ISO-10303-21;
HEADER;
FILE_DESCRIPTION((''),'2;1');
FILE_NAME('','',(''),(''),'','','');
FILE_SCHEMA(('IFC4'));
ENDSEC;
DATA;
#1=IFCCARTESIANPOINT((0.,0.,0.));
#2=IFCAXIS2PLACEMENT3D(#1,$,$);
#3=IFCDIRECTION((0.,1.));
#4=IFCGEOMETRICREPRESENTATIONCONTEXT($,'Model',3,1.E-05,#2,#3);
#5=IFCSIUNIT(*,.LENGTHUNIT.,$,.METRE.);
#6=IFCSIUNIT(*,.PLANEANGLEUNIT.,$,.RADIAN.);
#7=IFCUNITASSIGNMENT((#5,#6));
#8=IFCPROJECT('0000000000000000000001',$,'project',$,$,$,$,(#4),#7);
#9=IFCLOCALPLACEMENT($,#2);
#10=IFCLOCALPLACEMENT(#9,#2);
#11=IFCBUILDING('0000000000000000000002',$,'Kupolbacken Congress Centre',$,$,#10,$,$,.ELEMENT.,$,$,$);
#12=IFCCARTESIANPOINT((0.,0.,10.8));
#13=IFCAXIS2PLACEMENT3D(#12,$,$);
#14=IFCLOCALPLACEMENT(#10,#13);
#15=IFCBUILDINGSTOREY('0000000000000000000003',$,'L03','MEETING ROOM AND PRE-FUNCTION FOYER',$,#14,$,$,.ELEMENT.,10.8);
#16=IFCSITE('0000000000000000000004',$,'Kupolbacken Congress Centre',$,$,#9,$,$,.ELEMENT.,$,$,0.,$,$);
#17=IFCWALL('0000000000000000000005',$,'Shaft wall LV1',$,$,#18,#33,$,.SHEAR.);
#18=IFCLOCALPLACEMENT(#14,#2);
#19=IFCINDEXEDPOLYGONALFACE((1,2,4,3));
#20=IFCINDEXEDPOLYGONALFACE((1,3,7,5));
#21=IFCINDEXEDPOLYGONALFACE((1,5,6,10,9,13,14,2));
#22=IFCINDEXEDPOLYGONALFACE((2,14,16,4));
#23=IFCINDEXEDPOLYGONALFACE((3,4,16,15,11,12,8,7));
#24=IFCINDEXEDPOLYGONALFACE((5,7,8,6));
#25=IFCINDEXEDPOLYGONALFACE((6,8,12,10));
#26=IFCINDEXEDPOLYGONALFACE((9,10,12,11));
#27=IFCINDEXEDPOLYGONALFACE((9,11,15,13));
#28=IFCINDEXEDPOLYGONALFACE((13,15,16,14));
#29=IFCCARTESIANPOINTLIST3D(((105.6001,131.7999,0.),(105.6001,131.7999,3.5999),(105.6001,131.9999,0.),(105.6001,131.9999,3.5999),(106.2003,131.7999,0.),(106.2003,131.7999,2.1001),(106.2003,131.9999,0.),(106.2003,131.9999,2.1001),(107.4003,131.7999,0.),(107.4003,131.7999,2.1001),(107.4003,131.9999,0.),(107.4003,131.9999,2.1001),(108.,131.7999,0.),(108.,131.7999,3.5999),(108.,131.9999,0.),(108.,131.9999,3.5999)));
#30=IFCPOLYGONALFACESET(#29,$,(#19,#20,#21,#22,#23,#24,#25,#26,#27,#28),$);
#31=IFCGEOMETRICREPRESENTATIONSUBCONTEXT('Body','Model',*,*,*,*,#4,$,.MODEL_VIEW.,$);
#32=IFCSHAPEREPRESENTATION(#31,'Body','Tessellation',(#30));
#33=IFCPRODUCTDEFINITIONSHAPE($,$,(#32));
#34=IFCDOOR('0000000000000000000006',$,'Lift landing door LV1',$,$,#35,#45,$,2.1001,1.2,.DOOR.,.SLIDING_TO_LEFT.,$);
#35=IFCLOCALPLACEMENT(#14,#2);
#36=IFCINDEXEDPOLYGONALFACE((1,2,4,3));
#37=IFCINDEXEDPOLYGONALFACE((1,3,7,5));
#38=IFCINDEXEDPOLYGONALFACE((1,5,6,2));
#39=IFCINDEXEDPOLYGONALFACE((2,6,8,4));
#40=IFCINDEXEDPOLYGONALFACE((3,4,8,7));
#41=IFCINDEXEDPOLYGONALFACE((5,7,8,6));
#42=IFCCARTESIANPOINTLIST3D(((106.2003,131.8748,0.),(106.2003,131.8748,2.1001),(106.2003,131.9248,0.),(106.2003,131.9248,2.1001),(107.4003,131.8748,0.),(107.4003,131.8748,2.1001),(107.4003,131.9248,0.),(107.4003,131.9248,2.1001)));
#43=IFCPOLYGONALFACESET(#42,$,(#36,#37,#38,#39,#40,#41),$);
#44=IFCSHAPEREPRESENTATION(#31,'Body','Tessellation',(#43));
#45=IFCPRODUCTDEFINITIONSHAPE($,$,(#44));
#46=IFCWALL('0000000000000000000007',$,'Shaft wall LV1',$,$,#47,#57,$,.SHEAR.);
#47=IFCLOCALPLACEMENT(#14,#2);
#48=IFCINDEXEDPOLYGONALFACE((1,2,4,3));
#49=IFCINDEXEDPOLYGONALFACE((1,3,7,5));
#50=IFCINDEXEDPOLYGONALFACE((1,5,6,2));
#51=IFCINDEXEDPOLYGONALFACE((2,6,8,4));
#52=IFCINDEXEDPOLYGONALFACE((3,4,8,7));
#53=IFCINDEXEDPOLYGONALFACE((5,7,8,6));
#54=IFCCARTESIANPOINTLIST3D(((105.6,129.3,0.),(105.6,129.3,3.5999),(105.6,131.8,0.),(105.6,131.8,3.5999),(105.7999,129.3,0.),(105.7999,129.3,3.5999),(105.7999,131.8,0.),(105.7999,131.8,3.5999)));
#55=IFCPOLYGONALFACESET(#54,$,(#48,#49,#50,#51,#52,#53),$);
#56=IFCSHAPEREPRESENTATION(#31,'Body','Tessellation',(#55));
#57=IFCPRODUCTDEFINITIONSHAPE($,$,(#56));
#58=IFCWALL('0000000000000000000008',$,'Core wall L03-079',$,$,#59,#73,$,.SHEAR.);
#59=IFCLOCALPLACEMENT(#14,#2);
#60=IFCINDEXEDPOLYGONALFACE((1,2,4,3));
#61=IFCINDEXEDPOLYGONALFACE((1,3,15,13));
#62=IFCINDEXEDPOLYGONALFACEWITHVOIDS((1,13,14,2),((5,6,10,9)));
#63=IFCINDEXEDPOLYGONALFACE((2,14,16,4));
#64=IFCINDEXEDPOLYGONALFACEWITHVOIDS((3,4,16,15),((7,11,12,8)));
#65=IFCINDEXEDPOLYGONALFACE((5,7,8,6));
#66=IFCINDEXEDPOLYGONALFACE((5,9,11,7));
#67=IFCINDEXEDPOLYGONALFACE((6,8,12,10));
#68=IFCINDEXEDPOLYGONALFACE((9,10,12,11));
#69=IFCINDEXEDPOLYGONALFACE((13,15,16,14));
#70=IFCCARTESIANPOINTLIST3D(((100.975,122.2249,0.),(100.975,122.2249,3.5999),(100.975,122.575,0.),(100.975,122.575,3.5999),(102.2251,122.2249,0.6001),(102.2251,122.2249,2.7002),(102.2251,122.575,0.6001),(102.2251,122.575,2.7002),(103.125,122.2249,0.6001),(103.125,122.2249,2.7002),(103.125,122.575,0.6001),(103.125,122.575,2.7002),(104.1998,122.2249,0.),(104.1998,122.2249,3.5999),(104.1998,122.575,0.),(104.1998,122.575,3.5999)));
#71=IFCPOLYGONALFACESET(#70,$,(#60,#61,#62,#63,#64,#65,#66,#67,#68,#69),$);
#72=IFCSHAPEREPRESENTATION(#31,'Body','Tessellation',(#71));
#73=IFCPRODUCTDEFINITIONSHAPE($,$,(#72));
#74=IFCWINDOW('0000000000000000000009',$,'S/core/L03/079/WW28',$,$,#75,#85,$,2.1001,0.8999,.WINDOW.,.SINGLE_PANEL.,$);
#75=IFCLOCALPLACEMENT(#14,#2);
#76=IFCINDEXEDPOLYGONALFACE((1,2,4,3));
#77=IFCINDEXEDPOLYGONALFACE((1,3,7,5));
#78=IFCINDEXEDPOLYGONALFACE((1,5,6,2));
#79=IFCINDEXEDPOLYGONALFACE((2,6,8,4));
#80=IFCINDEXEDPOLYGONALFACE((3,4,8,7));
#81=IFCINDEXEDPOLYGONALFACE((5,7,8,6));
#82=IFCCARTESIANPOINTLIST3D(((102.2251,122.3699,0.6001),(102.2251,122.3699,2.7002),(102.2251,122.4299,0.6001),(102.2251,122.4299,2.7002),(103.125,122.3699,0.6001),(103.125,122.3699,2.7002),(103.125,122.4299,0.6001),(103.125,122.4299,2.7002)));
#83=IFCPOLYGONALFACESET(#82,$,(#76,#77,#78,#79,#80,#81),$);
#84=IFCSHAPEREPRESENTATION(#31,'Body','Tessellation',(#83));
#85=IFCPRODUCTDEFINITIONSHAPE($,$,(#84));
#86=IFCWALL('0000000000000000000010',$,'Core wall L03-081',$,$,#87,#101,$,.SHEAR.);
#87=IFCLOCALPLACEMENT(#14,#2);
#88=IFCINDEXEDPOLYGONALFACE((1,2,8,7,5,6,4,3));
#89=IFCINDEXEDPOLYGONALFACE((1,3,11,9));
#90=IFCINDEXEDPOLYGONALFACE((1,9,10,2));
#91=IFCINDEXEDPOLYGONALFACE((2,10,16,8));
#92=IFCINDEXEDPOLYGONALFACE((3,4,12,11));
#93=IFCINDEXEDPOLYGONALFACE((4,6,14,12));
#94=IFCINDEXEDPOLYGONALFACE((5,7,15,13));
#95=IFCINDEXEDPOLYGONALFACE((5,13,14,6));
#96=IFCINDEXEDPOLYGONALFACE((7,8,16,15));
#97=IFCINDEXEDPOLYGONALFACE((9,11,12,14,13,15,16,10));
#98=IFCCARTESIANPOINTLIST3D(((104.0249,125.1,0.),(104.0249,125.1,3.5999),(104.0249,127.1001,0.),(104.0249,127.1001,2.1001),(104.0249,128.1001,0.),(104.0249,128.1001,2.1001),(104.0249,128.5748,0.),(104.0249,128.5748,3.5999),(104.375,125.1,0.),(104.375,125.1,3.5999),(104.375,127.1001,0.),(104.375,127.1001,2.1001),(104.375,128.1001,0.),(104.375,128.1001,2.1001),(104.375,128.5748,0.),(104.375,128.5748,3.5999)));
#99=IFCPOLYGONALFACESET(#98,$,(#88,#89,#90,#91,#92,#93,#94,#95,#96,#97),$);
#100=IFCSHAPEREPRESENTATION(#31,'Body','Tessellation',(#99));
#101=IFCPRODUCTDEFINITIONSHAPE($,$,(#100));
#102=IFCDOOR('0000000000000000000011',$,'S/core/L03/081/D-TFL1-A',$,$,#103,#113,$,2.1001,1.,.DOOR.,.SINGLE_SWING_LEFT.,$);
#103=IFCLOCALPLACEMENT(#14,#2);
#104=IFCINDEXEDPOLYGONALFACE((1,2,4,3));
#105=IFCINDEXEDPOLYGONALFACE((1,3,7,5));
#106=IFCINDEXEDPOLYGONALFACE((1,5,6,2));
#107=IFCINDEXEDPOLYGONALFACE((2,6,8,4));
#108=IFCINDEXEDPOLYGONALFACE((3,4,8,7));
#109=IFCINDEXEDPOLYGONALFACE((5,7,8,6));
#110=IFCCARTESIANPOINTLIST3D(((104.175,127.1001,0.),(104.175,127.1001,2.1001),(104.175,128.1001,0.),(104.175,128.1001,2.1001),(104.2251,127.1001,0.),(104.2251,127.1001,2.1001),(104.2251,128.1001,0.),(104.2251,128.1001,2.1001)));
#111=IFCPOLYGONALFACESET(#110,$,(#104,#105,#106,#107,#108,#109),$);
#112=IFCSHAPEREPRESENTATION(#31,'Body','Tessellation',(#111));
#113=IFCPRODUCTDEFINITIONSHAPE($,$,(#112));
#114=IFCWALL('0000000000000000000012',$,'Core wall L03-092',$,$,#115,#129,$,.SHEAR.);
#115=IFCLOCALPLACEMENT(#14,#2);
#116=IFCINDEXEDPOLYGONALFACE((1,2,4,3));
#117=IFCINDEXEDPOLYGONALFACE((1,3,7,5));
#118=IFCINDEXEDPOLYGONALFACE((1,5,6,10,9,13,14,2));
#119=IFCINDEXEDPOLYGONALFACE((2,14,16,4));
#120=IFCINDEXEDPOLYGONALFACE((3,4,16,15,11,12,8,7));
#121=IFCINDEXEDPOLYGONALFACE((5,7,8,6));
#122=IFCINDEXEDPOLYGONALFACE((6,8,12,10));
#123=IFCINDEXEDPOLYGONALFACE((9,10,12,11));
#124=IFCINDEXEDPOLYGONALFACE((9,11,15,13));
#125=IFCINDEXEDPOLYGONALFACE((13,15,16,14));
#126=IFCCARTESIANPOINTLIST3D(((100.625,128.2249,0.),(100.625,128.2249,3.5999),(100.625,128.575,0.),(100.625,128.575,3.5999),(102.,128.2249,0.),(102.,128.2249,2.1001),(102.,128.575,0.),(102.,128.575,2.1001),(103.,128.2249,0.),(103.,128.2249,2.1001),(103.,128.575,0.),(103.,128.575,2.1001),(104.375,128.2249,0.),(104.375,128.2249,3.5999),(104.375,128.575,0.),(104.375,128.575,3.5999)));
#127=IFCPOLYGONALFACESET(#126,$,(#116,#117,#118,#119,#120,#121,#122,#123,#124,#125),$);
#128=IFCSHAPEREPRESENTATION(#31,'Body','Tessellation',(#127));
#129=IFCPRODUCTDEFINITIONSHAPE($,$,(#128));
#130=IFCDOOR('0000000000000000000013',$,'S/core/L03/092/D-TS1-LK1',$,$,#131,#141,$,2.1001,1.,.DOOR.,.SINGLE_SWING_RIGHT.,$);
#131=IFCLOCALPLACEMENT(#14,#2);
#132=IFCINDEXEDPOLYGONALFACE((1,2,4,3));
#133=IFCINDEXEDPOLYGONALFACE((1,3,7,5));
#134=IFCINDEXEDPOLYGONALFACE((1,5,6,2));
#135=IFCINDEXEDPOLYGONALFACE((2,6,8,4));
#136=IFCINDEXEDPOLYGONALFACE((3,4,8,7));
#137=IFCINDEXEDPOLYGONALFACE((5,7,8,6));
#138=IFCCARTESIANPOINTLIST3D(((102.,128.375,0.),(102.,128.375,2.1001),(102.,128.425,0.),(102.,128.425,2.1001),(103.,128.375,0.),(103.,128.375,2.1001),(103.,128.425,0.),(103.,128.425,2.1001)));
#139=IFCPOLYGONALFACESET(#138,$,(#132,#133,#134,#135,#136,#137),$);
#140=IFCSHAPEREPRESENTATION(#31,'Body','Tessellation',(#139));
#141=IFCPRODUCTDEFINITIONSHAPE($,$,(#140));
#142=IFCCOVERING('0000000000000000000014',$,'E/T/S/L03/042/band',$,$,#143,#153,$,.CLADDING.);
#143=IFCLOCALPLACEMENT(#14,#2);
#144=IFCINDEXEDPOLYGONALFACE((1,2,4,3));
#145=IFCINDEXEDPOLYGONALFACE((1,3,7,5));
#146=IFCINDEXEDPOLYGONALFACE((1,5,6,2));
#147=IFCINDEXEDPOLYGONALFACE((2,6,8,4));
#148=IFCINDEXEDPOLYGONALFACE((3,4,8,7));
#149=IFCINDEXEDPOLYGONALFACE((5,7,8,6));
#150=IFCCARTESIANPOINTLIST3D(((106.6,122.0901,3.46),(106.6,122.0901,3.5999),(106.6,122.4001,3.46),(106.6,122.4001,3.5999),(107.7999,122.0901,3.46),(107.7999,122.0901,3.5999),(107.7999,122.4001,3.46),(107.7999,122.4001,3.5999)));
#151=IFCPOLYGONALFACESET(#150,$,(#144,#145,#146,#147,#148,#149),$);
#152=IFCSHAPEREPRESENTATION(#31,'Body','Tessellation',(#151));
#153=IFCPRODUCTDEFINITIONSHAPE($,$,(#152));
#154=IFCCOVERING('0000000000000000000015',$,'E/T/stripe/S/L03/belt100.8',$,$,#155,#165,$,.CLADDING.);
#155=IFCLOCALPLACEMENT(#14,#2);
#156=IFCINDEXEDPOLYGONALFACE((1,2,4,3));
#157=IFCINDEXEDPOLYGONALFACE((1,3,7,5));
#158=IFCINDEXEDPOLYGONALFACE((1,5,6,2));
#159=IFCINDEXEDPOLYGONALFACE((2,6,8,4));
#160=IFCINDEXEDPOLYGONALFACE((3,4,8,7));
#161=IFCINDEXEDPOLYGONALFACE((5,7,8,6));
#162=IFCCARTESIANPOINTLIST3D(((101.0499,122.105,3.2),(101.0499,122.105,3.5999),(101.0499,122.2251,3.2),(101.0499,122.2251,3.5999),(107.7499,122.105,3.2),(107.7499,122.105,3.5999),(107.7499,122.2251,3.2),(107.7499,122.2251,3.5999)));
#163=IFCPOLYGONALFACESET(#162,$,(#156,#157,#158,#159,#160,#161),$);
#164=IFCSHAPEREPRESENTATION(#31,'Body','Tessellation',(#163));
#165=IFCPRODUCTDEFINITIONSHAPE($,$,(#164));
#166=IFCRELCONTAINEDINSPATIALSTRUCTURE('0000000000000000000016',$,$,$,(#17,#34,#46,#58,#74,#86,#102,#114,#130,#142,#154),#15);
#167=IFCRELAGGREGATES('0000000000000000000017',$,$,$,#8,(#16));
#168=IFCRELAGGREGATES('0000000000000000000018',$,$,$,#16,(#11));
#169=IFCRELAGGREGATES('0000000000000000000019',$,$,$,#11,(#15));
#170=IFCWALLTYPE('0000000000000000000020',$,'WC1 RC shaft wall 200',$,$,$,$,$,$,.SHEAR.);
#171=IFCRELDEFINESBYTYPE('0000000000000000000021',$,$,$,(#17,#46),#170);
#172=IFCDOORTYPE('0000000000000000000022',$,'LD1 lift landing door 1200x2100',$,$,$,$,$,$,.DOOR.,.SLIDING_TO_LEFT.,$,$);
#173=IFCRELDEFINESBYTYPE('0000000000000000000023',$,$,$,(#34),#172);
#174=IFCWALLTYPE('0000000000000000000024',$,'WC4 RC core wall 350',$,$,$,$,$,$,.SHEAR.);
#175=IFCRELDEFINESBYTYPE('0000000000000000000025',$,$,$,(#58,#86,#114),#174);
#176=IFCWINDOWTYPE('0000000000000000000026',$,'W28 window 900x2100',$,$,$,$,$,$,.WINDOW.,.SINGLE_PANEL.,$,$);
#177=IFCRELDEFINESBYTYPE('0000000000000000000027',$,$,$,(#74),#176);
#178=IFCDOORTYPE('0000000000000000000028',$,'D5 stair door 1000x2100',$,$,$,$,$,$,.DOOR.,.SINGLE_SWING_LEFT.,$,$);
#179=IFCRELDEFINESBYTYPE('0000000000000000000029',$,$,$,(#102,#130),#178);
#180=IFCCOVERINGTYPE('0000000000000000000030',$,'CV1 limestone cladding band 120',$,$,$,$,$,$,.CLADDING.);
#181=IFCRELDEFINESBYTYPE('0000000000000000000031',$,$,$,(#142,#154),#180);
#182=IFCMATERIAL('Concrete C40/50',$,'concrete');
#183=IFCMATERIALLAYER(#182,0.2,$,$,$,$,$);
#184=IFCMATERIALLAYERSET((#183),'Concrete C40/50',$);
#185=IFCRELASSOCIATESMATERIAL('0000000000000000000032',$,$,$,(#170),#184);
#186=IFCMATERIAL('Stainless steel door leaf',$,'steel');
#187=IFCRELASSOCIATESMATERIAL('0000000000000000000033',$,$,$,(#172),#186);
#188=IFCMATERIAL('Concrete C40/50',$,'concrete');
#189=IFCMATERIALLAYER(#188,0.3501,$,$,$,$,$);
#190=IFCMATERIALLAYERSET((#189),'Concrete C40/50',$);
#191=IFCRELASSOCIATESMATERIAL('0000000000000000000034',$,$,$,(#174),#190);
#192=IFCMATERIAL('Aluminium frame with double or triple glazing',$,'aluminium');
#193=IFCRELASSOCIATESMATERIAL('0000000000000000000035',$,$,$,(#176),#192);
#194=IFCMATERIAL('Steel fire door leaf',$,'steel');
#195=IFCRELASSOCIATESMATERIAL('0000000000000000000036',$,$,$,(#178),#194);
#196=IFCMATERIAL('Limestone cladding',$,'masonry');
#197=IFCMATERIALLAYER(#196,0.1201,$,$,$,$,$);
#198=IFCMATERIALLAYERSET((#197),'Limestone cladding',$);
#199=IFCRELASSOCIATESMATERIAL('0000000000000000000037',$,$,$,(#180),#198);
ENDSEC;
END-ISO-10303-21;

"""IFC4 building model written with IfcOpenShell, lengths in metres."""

from ifc_helpers import new_model, si_unit, direction, frame, frame_2d, origin, origin_2d, place, context, subcontext, project, spatial, rectangle, extrude, material, layer, layer_set, type_object, element, fill, save


model = new_model("IFC4")

# Units and contexts
model_context = context("Model", 3, precision=1e-05, world=origin(), true_north=direction((0.0, 1.0)))
body_context = subcontext(model_context, "Body", "Model", "MODEL_VIEW")
ifc_project = project(units=[si_unit("LENGTHUNIT", "METRE"), si_unit("PLANEANGLEUNIT", "RADIAN")], contexts=[model_context])

# Site, building, storey
site_placement = place(None, origin())
site = spatial("IfcSite", under=ifc_project, at=site_placement, Name="Kupolbacken Congress Centre", CompositionType="ELEMENT", RefElevation=0.0)
building_placement = place(site_placement, origin())
building = spatial("IfcBuilding", under=site, at=building_placement, Name="Kupolbacken Congress Centre", CompositionType="ELEMENT")
storey_placement = place(building_placement, frame((0.0, 0.0, 10.8)))
storey = spatial("IfcBuildingStorey", under=building, at=storey_placement, Name="L03", Description="MEETING ROOM AND PRE-FUNCTION FOYER", CompositionType="ELEMENT", Elevation=10.8)

# Shared definitions
ifc_material_1 = material(Name="Concrete C40/50", Category="concrete")
ifc_layer_1 = layer(ifc_material_1, 0.2)
ifc_layer_set_1 = layer_set([ifc_layer_1], Name="Concrete C40/50")
wall_type_1 = type_object("IfcWallType", Name="WC1 RC shaft wall 200", PredefinedType="SHEAR", material=ifc_layer_set_1)

# Wall, opening, door
wall_1_placement = place(storey_placement, frame((105.6001, 131.8999, 0.0), z_axis=(0.0, 0.0, 1.0), x_axis=(1.0, 0.0, 0.0)))
wall_1 = element("IfcWall", 1, at=wall_1_placement, inside=storey, type_object=wall_type_1, Name="Shaft wall LV1", PredefinedType="SHEAR", context=body_context, shape_type="SweptSolid", body=[
    extrude(rectangle(XDim=2.3999, YDim=0.2, at=frame_2d((1.2, 0.0))), origin(), (0.0, 0.0, 1.0), 3.5999),
])
opening_1_placement = place(wall_1_placement, frame((0.6001, 0.0, 0.0)))
opening_1 = element("IfcOpeningElement", 2, at=opening_1_placement, cuts=wall_1, PredefinedType="OPENING", context=body_context, shape_type="SweptSolid", body=[
    extrude(rectangle(XDim=1.2, YDim=2.1001, at=frame_2d((0.6001, 1.05))), frame((0.0, 0.1099, 0.0), z_axis=(0.0, -1.0, 0.0), x_axis=(1.0, 0.0, 0.0)), (0.0, 0.0, 1.0), 0.22),
])
ifc_material_2 = material(Name="Stainless steel door leaf", Category="steel")
door_type_1 = type_object("IfcDoorType", Name="LD1 lift landing door 1200x2100", OperationType="SLIDING_TO_LEFT", PredefinedType="DOOR", material=ifc_material_2)
door_1_placement = place(opening_1_placement, origin())
door_1 = element("IfcDoor", 3, at=door_1_placement, inside=storey, type_object=door_type_1, Name="Lift landing door LV1", OperationType="SLIDING_TO_LEFT", OverallHeight=2.1001, OverallWidth=1.2, PredefinedType="DOOR", context=body_context, shape_type="SweptSolid", body=[
    extrude(rectangle(XDim=1.2, YDim=2.1001, at=frame_2d((0.6001, 1.05))), frame((0.0, 0.0249, 0.0), z_axis=(0.0, -1.0, 0.0), x_axis=(1.0, 0.0, 0.0)), (0.0, 0.0, 1.0), 0.05),
])
fill(opening_1, door_1)

# Wall
wall_2_placement = place(storey_placement, frame((105.7, 129.3, 0.0), z_axis=(0.0, 0.0, 1.0), x_axis=(0.0, 1.0, 0.0)))
element("IfcWall", 4, at=wall_2_placement, inside=storey, type_object=wall_type_1, Name="Shaft wall LV1", PredefinedType="SHEAR", context=body_context, shape_type="SweptSolid", body=[
    extrude(rectangle(XDim=2.5, YDim=0.2, at=frame_2d((1.25, 0.0))), origin(), (0.0, 0.0, 1.0), 3.5999),
])

# Wall, opening, window
ifc_material_3 = material(Name="Concrete C40/50", Category="concrete")
ifc_layer_2 = layer(ifc_material_3, 0.3501)
ifc_layer_set_2 = layer_set([ifc_layer_2], Name="Concrete C40/50")
wall_type_2 = type_object("IfcWallType", Name="WC4 RC core wall 350", PredefinedType="SHEAR", material=ifc_layer_set_2)
wall_3_placement = place(storey_placement, frame((100.9751, 122.3999, 0.0), z_axis=(0.0, 0.0, 1.0), x_axis=(1.0, 0.0, 0.0)))
wall_3 = element("IfcWall", 5, at=wall_3_placement, inside=storey, type_object=wall_type_2, Name="Core wall L03-079", PredefinedType="SHEAR", context=body_context, shape_type="SweptSolid", body=[
    extrude(rectangle(XDim=3.2249, YDim=0.3501, at=frame_2d((1.6123, 0.0))), origin(), (0.0, 0.0, 1.0), 3.5999),
])
opening_2_placement = place(wall_3_placement, frame((1.25, 0.0, 0.6001)))
opening_2 = element("IfcOpeningElement", 6, at=opening_2_placement, cuts=wall_3, PredefinedType="OPENING", context=body_context, shape_type="SweptSolid", body=[
    extrude(rectangle(XDim=0.8999, YDim=2.1001, at=frame_2d((0.45, 1.05))), frame((0.0, 0.1851, 0.0), z_axis=(0.0, -1.0, 0.0), x_axis=(1.0, 0.0, 0.0)), (0.0, 0.0, 1.0), 0.3701),
])
ifc_material_4 = material(Name="Aluminium frame with double or triple glazing", Category="aluminium")
window_type = type_object("IfcWindowType", Name="W28 window 900x2100", PartitioningType="SINGLE_PANEL", PredefinedType="WINDOW", material=ifc_material_4)
window_placement = place(opening_2_placement, origin())
window = element("IfcWindow", 7, at=window_placement, inside=storey, type_object=window_type, Name="S/core/L03/079/WW28", OverallHeight=2.1001, OverallWidth=0.8999, PartitioningType="SINGLE_PANEL", PredefinedType="WINDOW", context=body_context, shape_type="SweptSolid", body=[
    extrude(rectangle(XDim=0.8999, YDim=2.1001, at=frame_2d((0.45, 1.05))), frame((0.0, 0.03, 0.0), z_axis=(0.0, -1.0, 0.0), x_axis=(1.0, 0.0, 0.0)), (0.0, 0.0, 1.0), 0.0601),
])
fill(opening_2, window)

# Walls, openings, doors
wall_4_placement = place(storey_placement, frame((104.2, 125.1001, 0.0), z_axis=(0.0, 0.0, 1.0), x_axis=(0.0, 1.0, 0.0)))
wall_4 = element("IfcWall", 8, at=wall_4_placement, inside=storey, type_object=wall_type_2, Name="Core wall L03-081", PredefinedType="SHEAR", context=body_context, shape_type="SweptSolid", body=[
    extrude(rectangle(XDim=3.4749, YDim=0.3501, at=frame_2d((1.7373, 0.0))), origin(), (0.0, 0.0, 1.0), 3.5999),
])
opening_3_placement = place(wall_4_placement, frame((2.0, 0.0, 0.0)))
opening_3 = element("IfcOpeningElement", 9, at=opening_3_placement, cuts=wall_4, PredefinedType="OPENING", context=body_context, shape_type="SweptSolid", body=[
    extrude(rectangle(XDim=1.0, YDim=2.1001, at=frame_2d((0.5, 1.05))), frame((0.0, 0.1851, 0.0), z_axis=(0.0, -1.0, 0.0), x_axis=(1.0, 0.0, 0.0)), (0.0, 0.0, 1.0), 0.3701),
])
ifc_material_5 = material(Name="Steel fire door leaf", Category="steel")
door_type_2 = type_object("IfcDoorType", Name="D5 stair door 1000x2100", OperationType="SINGLE_SWING_LEFT", PredefinedType="DOOR", material=ifc_material_5)
door_2_placement = place(opening_3_placement, origin())
door_2 = element("IfcDoor", 10, at=door_2_placement, inside=storey, type_object=door_type_2, Name="S/core/L03/081/D-TFL1-A", OperationType="SINGLE_SWING_LEFT", OverallHeight=2.1001, OverallWidth=1.0, PredefinedType="DOOR", context=body_context, shape_type="SweptSolid", body=[
    extrude(rectangle(XDim=1.0, YDim=2.1001, at=frame_2d((0.5, 1.05))), frame((0.0, 0.0249, 0.0), z_axis=(0.0, -1.0, 0.0), x_axis=(1.0, 0.0, 0.0)), (0.0, 0.0, 1.0), 0.05),
])
fill(opening_3, door_2)
wall_5_placement = place(storey_placement, frame((104.375, 128.3999, 0.0), z_axis=(0.0, 0.0, 1.0), x_axis=(-1.0, 0.0, 0.0)))
wall_5 = element("IfcWall", 11, at=wall_5_placement, inside=storey, type_object=wall_type_2, Name="Core wall L03-092", PredefinedType="SHEAR", context=body_context, shape_type="SweptSolid", body=[
    extrude(rectangle(XDim=3.75, YDim=0.3501, at=frame_2d((1.875, 0.0))), origin(), (0.0, 0.0, 1.0), 3.5999),
])
opening_4_placement = place(wall_5_placement, frame((1.375, 0.0, 0.0)))
opening_4 = element("IfcOpeningElement", 12, at=opening_4_placement, cuts=wall_5, PredefinedType="OPENING", context=body_context, shape_type="SweptSolid", body=[
    extrude(rectangle(XDim=1.0, YDim=2.1001, at=frame_2d((0.5, 1.05))), frame((0.0, 0.1851, 0.0), z_axis=(0.0, -1.0, 0.0), x_axis=(1.0, 0.0, 0.0)), (0.0, 0.0, 1.0), 0.3701),
])
door_3_placement = place(opening_4_placement, origin())
door_3 = element("IfcDoor", 13, at=door_3_placement, inside=storey, type_object=door_type_2, Name="S/core/L03/092/D-TS1-LK1", OperationType="SINGLE_SWING_RIGHT", OverallHeight=2.1001, OverallWidth=1.0, PredefinedType="DOOR", context=body_context, shape_type="SweptSolid", body=[
    extrude(rectangle(XDim=1.0, YDim=2.1001, at=frame_2d((0.5, 1.05))), frame((0.0, 0.0249, 0.0), z_axis=(0.0, -1.0, 0.0), x_axis=(1.0, 0.0, 0.0)), (0.0, 0.0, 1.0), 0.05),
])
fill(opening_4, door_3)

# Coverings
ifc_material_6 = material(Name="Limestone cladding", Category="masonry")
ifc_layer_3 = layer(ifc_material_6, 0.1201)
ifc_layer_set_3 = layer_set([ifc_layer_3], Name="Limestone cladding")
covering_type = type_object("IfcCoveringType", Name="CV1 limestone cladding band 120", PredefinedType="CLADDING", material=ifc_layer_set_3)
covering_1_placement = place(storey_placement, frame((107.2, 122.2451, 3.46), z_axis=(0.0, 0.0, 1.0), x_axis=(1.0, 0.0, 0.0)))
element("IfcCovering", 14, at=covering_1_placement, inside=storey, type_object=covering_type, Name="E/T/S/L03/042/band", PredefinedType="CLADDING", context=body_context, shape_type="SweptSolid", body=[
    extrude(rectangle(XDim=1.2, YDim=0.3101, at=origin_2d()), origin(), (0.0, 0.0, 1.0), 0.1399),
])
covering_2_placement = place(storey_placement, frame((104.3999, 122.165, 3.2), z_axis=(0.0, 0.0, 1.0), x_axis=(1.0, 0.0, 0.0)))
element("IfcCovering", 15, at=covering_2_placement, inside=storey, type_object=covering_type, Name="E/T/stripe/S/L03/belt100.8", PredefinedType="CLADDING", context=body_context, shape_type="SweptSolid", body=[
    extrude(rectangle(XDim=6.7, YDim=0.1201, at=origin_2d()), origin(), (0.0, 0.0, 1.0), 0.3999),
])

save(model, "model.ifc")
